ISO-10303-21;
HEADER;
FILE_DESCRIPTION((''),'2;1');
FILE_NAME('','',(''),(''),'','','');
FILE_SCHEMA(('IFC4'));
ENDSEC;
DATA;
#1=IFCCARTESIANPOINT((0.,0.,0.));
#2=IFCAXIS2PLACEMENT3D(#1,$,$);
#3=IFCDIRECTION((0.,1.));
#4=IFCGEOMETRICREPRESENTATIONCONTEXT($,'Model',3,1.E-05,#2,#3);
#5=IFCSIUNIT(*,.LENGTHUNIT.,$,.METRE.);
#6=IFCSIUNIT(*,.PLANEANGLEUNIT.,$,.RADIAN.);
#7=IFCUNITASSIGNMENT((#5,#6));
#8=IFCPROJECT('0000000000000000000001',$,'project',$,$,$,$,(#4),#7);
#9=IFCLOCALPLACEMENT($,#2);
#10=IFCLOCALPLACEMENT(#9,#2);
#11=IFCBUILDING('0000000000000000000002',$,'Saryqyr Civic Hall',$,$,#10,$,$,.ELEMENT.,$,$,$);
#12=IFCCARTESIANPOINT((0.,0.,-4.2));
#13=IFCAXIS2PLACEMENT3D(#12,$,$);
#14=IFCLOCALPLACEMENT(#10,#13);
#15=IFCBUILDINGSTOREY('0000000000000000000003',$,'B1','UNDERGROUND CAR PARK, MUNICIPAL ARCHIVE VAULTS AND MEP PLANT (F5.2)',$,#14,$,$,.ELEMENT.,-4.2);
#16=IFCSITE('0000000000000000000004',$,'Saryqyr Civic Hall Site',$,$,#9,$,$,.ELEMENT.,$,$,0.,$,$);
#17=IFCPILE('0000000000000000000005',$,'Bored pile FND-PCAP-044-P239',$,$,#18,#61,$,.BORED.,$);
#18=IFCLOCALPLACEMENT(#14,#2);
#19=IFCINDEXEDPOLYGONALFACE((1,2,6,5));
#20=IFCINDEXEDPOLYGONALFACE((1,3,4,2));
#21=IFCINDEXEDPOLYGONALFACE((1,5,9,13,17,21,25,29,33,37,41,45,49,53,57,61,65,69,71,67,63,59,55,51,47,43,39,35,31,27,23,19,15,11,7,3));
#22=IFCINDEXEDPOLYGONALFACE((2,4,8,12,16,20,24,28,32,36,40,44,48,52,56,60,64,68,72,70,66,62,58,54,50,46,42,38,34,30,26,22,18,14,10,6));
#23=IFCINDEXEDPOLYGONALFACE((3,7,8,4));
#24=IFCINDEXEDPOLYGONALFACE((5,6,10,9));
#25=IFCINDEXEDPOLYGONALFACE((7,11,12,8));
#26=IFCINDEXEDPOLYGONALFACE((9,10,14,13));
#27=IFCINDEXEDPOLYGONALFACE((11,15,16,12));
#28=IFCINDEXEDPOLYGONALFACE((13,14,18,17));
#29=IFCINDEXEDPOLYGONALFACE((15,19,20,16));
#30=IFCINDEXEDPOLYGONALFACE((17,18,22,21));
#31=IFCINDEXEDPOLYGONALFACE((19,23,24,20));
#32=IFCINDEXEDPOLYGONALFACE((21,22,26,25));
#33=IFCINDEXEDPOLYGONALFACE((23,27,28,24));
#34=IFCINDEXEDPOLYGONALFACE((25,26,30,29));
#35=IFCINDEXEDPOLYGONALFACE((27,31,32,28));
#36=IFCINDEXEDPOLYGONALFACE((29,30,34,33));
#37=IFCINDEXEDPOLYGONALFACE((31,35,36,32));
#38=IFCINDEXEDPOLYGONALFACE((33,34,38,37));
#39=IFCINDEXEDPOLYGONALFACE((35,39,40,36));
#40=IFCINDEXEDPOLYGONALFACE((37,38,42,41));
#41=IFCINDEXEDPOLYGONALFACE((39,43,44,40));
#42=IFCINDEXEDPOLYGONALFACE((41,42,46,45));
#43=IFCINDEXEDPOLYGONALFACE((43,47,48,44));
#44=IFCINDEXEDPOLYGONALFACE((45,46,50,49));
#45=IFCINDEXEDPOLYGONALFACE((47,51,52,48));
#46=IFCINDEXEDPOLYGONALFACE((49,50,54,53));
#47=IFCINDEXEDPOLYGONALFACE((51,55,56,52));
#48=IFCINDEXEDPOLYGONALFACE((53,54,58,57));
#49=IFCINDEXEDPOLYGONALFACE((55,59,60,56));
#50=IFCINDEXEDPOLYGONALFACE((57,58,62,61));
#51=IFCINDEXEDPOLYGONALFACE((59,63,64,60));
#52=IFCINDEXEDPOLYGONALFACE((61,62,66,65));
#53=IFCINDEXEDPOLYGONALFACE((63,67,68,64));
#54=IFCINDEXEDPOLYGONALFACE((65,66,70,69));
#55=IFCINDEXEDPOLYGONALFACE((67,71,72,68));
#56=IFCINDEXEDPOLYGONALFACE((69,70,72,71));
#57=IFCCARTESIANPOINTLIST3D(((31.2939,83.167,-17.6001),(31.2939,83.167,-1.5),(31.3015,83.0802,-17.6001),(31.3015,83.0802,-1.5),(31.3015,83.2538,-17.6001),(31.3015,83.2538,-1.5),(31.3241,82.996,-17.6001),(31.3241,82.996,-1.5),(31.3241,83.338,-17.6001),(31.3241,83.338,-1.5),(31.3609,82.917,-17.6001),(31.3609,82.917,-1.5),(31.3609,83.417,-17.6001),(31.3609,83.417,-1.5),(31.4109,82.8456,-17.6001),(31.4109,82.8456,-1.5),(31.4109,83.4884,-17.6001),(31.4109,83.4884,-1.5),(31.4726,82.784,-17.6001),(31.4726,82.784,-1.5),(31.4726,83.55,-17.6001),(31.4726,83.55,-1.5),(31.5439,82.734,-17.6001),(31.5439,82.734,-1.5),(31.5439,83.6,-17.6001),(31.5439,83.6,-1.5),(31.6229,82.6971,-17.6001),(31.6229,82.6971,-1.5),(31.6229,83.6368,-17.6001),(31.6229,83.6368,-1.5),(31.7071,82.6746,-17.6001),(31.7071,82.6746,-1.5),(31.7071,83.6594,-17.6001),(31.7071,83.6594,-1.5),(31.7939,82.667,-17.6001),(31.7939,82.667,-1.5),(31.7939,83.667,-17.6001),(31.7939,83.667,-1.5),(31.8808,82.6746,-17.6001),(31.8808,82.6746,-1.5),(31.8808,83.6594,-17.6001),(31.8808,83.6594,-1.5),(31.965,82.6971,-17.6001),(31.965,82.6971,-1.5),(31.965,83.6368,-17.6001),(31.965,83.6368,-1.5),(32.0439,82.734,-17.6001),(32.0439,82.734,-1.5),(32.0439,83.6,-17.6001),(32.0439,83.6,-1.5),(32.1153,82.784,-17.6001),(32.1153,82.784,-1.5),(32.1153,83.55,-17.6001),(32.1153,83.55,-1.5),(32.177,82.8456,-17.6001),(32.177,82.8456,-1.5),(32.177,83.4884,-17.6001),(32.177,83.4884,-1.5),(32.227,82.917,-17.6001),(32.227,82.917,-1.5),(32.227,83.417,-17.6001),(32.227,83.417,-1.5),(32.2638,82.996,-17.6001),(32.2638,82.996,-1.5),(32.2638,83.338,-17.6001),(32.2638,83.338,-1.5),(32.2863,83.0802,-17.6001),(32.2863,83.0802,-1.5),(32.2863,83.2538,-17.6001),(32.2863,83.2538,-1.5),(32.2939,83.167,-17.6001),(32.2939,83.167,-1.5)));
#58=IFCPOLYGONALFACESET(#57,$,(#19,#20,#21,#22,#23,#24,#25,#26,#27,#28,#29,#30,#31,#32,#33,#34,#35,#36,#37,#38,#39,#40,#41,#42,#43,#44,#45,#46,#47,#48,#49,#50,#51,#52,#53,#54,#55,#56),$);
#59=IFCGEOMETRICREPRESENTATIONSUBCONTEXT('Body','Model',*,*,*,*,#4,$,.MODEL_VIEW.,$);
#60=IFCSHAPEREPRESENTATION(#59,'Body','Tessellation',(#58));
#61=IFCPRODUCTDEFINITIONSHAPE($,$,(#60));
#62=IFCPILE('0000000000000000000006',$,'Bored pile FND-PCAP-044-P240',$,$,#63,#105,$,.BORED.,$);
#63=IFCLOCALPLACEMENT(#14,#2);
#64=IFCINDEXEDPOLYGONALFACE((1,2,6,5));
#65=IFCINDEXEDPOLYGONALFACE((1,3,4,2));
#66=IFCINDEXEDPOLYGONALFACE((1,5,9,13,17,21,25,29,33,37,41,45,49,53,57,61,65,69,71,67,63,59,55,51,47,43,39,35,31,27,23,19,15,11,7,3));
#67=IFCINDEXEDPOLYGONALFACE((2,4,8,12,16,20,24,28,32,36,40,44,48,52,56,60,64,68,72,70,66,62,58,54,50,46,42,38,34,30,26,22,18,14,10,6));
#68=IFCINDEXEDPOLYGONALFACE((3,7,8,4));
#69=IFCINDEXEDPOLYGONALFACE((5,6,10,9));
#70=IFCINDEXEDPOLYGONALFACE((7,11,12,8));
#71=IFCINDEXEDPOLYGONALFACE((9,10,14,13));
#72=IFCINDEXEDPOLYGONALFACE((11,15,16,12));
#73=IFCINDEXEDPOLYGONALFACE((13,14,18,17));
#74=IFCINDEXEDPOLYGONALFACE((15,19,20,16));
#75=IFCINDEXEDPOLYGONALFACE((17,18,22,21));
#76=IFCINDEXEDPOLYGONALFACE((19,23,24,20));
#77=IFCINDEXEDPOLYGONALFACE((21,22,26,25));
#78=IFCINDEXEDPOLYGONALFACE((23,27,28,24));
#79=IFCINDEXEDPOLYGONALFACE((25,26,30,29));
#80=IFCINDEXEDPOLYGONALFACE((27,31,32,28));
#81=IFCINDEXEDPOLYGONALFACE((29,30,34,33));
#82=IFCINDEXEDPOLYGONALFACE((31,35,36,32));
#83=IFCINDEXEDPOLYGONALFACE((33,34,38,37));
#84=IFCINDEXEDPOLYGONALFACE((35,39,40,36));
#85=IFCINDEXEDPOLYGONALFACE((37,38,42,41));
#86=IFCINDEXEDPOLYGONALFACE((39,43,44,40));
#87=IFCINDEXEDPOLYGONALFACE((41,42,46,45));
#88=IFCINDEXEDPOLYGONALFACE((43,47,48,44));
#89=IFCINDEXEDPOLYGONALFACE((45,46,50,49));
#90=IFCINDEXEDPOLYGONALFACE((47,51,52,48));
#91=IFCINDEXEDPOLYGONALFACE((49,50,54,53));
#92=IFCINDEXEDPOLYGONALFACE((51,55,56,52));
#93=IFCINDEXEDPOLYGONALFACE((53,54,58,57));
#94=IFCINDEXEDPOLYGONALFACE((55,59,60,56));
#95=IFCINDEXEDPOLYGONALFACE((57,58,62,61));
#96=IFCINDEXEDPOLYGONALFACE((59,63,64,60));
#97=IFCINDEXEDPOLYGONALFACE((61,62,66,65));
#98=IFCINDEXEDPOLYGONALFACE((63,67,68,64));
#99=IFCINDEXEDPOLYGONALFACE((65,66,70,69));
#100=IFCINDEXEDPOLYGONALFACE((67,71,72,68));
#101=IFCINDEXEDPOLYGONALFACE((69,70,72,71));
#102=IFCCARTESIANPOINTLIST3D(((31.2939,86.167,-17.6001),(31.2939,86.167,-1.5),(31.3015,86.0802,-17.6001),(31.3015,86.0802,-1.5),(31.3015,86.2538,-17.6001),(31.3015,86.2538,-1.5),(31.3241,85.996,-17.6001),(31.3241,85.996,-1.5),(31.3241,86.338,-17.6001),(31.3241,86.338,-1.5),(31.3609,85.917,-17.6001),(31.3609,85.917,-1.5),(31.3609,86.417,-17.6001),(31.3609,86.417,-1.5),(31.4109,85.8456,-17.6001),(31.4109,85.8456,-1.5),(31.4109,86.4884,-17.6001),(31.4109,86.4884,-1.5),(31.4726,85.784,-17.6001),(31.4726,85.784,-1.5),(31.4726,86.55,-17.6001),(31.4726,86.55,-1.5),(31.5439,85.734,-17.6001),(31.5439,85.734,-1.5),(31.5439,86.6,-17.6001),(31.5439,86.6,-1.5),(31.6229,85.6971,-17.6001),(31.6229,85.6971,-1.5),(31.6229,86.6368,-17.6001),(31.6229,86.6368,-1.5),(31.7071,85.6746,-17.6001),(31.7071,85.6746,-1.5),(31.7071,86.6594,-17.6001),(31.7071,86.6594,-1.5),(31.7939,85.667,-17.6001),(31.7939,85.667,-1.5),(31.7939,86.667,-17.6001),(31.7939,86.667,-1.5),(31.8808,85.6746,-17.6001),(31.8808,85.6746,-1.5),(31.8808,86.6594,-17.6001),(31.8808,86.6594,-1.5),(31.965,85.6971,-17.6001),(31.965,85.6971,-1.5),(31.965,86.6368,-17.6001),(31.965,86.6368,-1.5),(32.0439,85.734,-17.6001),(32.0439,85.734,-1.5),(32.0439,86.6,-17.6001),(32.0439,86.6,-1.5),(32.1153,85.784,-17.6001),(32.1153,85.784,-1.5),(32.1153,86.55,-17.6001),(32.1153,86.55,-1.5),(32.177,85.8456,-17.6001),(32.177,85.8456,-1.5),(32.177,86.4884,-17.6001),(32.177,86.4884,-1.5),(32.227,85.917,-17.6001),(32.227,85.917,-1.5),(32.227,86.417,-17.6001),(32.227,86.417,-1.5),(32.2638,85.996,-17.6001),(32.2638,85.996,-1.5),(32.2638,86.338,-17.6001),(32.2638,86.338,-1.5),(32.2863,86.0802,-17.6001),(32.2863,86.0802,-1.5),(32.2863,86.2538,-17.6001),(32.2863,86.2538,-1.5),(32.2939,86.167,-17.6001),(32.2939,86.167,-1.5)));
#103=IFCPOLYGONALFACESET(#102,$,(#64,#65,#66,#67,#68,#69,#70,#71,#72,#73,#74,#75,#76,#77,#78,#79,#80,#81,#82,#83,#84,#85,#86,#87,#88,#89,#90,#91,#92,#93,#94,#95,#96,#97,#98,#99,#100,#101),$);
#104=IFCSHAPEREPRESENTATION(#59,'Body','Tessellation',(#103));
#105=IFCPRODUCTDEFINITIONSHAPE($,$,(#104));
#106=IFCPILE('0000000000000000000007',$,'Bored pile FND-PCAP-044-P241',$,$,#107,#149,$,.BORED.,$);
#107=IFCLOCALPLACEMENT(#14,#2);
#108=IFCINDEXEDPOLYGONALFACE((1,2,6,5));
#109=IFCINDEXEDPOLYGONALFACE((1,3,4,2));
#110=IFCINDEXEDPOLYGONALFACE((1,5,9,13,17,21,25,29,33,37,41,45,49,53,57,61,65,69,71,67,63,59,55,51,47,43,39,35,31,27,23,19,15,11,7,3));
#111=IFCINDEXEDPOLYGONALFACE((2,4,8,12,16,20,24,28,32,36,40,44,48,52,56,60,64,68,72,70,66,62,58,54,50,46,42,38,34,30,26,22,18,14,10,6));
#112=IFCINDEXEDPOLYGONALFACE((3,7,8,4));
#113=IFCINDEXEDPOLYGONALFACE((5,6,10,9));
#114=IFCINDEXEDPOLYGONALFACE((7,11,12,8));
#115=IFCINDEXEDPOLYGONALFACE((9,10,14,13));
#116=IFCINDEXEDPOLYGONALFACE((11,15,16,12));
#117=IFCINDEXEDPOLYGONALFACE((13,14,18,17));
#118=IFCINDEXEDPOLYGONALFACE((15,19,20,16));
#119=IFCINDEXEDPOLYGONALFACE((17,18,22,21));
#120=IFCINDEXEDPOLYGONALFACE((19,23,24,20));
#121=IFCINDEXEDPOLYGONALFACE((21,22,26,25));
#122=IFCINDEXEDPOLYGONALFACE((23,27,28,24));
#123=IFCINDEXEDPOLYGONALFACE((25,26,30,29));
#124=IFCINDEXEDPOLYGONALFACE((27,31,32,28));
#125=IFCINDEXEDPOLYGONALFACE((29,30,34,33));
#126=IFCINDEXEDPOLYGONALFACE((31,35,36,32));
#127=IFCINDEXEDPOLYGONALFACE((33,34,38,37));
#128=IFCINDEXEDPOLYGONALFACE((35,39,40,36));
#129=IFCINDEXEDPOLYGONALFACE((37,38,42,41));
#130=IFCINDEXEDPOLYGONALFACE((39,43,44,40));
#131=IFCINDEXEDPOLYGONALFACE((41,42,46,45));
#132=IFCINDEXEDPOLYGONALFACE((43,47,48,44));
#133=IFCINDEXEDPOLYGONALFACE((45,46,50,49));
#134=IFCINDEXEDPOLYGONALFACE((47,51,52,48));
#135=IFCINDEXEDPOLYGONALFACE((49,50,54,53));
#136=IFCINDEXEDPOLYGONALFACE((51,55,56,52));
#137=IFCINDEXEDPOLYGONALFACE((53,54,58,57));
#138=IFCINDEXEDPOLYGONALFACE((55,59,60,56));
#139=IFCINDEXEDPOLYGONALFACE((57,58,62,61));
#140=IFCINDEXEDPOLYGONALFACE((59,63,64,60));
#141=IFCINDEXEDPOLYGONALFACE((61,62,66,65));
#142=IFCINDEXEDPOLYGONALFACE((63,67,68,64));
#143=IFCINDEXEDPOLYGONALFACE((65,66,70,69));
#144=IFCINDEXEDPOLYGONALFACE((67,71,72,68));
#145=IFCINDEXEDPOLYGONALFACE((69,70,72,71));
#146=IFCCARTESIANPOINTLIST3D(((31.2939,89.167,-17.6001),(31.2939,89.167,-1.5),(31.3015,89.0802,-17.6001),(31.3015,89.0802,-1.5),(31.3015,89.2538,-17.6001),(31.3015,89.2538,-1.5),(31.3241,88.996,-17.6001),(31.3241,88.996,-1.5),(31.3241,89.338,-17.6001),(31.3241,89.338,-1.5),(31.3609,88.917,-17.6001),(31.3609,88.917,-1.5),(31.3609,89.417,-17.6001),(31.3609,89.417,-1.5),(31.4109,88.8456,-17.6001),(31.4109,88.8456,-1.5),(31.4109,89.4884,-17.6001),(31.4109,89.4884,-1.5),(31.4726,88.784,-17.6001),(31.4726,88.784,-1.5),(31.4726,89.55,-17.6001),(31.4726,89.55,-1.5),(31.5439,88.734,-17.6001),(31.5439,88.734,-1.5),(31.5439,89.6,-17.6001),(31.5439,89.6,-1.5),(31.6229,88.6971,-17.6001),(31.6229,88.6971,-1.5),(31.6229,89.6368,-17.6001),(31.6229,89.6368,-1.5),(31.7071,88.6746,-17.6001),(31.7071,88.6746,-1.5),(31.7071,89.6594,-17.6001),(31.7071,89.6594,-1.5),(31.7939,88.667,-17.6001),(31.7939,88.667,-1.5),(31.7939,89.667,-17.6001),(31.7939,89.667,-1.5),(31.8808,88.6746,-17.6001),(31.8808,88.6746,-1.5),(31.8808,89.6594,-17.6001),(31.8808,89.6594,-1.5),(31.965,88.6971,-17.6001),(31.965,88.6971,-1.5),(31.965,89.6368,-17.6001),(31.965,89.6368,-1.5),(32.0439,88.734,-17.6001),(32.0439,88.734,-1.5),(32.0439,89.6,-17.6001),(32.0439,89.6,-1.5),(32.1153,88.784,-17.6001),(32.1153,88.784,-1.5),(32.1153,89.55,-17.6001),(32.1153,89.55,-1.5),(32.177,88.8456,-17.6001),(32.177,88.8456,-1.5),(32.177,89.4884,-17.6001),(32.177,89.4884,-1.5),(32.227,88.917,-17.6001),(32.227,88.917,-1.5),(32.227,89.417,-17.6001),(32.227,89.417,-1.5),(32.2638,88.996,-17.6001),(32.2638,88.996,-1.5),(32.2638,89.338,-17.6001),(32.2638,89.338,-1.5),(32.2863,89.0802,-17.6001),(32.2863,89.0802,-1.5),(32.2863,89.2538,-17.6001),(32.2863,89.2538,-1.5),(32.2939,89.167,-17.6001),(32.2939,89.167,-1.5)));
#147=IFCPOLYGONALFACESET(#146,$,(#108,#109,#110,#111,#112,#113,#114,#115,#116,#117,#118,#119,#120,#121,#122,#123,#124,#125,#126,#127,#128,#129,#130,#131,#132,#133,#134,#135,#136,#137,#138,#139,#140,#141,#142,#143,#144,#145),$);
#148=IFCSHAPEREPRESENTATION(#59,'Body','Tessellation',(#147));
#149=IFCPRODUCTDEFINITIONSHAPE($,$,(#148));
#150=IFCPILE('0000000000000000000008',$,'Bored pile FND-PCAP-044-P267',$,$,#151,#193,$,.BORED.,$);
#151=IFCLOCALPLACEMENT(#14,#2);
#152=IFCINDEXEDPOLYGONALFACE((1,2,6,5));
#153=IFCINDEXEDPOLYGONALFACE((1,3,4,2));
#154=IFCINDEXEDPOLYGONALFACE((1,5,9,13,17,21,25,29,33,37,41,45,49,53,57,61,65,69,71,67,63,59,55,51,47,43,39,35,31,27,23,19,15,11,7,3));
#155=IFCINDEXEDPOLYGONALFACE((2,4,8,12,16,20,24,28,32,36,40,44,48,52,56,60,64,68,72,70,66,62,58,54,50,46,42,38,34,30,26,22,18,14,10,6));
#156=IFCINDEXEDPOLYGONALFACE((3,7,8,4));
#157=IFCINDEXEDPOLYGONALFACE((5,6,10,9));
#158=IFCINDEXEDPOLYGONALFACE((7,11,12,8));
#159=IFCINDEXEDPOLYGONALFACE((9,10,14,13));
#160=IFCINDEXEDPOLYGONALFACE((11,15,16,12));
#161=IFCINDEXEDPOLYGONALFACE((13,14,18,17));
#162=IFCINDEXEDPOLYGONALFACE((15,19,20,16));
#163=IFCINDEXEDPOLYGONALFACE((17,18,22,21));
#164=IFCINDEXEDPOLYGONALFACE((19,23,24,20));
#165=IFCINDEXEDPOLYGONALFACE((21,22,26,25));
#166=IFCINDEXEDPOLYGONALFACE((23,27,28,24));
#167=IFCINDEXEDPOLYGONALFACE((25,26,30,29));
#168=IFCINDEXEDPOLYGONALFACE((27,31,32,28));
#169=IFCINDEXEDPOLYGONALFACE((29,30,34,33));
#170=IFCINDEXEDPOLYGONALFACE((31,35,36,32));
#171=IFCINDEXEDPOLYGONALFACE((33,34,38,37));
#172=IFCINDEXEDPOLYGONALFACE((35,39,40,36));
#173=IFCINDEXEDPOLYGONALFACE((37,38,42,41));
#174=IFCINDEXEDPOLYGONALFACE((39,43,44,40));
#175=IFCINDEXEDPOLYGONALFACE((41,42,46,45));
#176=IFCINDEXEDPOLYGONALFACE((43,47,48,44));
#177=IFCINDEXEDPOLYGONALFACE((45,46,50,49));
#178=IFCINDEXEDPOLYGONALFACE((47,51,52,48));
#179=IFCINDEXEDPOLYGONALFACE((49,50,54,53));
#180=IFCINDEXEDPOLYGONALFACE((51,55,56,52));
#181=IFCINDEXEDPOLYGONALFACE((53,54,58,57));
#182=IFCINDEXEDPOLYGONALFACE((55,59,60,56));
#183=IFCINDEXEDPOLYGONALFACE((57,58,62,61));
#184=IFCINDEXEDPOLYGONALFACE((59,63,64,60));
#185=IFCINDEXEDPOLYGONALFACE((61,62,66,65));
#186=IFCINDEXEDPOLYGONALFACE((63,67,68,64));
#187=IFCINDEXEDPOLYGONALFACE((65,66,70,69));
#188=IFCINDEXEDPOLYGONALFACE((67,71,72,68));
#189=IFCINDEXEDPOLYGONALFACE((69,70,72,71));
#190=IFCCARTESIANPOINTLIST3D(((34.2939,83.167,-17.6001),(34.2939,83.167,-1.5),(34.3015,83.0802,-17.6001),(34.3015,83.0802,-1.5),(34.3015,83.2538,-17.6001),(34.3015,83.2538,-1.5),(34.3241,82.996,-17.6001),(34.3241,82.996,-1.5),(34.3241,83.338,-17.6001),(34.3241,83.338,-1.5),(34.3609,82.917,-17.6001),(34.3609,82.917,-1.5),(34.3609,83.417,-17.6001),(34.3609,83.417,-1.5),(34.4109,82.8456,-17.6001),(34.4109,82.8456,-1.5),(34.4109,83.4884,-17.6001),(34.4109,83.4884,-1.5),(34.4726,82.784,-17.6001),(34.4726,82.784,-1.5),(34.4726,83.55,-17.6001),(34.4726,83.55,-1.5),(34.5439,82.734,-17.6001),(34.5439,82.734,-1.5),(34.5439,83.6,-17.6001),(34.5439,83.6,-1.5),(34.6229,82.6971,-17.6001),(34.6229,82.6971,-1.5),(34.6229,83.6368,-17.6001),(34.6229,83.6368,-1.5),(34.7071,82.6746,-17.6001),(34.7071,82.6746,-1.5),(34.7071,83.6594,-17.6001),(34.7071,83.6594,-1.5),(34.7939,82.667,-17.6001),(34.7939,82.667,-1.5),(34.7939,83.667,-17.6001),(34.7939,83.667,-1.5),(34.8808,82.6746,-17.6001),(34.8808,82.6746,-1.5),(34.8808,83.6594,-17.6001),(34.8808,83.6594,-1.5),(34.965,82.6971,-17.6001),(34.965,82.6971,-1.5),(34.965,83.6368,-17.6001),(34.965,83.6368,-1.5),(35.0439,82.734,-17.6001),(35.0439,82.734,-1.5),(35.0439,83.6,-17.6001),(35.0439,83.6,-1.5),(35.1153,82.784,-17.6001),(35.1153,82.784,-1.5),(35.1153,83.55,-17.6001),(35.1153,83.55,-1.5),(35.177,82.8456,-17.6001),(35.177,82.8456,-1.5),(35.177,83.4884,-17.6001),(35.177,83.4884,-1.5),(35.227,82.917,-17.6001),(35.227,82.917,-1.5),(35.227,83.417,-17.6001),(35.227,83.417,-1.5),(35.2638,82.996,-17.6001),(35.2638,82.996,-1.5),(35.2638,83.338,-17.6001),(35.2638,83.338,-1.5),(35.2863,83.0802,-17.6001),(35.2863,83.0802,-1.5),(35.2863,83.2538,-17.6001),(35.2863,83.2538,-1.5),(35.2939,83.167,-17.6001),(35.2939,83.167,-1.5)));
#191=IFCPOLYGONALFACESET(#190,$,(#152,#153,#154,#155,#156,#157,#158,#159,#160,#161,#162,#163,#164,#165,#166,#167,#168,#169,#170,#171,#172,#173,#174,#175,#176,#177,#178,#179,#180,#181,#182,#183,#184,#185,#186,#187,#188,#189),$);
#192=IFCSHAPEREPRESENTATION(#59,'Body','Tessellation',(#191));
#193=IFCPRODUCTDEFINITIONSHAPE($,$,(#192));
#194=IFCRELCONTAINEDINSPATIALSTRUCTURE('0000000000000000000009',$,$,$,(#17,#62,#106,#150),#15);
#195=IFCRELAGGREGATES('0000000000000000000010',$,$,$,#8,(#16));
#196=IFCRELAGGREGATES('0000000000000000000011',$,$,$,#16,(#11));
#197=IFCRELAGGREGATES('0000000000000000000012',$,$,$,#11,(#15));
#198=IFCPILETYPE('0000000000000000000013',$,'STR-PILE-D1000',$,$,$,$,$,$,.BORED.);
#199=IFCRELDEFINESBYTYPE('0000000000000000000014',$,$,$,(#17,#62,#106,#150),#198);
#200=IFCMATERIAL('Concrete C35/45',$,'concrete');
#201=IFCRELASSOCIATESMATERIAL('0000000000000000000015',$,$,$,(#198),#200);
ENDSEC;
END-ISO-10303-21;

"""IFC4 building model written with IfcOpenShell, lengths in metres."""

from ifc_helpers import new_model, si_unit, direction, frame, origin, origin_2d, place, context, subcontext, project, spatial, circle, extrude, material, material_profile, profile_set, type_object, element, save


model = new_model("IFC4")

# Units and contexts
model_context = context("Model", 3, precision=1e-05, world=origin(), true_north=direction((0.0, 1.0)))
body_context = subcontext(model_context, "Body", "Model", "MODEL_VIEW")
ifc_project = project(units=[si_unit("LENGTHUNIT", "METRE"), si_unit("PLANEANGLEUNIT", "RADIAN")], contexts=[model_context])

# Site, building, storey
site_placement = place(None, origin())
site = spatial("IfcSite", under=ifc_project, at=site_placement, Name="Saryqyr Civic Hall Site", CompositionType="ELEMENT", RefElevation=0.0)
building_placement = place(site_placement, origin())
building = spatial("IfcBuilding", under=site, at=building_placement, Name="Saryqyr Civic Hall", CompositionType="ELEMENT")
storey_placement = place(building_placement, frame((0.0, 0.0, -4.2)))
storey = spatial("IfcBuildingStorey", under=building, at=storey_placement, Name="B1", Description="UNDERGROUND CAR PARK, MUNICIPAL ARCHIVE VAULTS AND MEP PLANT (F5.2)", CompositionType="ELEMENT", Elevation=-4.2)

# Piles
ifc_material_1 = material(Name="Concrete C35/45", Category="concrete")
ifc_material_profile_1 = material_profile(ifc_material_1, circle(Radius=0.5, at=origin_2d()), Name="BORED PILE D1000")
ifc_profile_set_1 = profile_set([ifc_material_profile_1], Name="Concrete C35/45")
pile_type = type_object("IfcPileType", Name="STR-PILE-D1000", PredefinedType="BORED", material=ifc_profile_set_1)
for number, where, z_axis, x_axis, name in (
    (1, (31.7939, 83.167, -1.5), (0.0, 0.0, -1.0), (1.0, 0.0, 0.0), "Bored pile FND-PCAP-044-P239"),
    (2, (31.7939, 86.167, -1.5), (0.0, 0.0, -1.0), (1.0, 0.0, 0.0), "Bored pile FND-PCAP-044-P240"),
    (3, (31.7939, 89.167, -1.5), (0.0, 0.0, -1.0), (1.0, 0.0, 0.0), "Bored pile FND-PCAP-044-P241"),
    (4, (34.7939, 83.167, -1.5), (0.0, 0.0, -1.0), (1.0, 0.0, 0.0), "Bored pile FND-PCAP-044-P267"),
):
    element("IfcPile", number, at=place(storey_placement, frame(where, z_axis=z_axis, x_axis=x_axis)), inside=storey, type_object=pile_type, Name=name, PredefinedType="BORED", context=body_context, shape_type="SweptSolid", body=[
        extrude(circle(Radius=0.5, at=origin_2d()), origin(), (0.0, 0.0, 1.0), 16.1001),
    ])

save(model, "model.ifc")
